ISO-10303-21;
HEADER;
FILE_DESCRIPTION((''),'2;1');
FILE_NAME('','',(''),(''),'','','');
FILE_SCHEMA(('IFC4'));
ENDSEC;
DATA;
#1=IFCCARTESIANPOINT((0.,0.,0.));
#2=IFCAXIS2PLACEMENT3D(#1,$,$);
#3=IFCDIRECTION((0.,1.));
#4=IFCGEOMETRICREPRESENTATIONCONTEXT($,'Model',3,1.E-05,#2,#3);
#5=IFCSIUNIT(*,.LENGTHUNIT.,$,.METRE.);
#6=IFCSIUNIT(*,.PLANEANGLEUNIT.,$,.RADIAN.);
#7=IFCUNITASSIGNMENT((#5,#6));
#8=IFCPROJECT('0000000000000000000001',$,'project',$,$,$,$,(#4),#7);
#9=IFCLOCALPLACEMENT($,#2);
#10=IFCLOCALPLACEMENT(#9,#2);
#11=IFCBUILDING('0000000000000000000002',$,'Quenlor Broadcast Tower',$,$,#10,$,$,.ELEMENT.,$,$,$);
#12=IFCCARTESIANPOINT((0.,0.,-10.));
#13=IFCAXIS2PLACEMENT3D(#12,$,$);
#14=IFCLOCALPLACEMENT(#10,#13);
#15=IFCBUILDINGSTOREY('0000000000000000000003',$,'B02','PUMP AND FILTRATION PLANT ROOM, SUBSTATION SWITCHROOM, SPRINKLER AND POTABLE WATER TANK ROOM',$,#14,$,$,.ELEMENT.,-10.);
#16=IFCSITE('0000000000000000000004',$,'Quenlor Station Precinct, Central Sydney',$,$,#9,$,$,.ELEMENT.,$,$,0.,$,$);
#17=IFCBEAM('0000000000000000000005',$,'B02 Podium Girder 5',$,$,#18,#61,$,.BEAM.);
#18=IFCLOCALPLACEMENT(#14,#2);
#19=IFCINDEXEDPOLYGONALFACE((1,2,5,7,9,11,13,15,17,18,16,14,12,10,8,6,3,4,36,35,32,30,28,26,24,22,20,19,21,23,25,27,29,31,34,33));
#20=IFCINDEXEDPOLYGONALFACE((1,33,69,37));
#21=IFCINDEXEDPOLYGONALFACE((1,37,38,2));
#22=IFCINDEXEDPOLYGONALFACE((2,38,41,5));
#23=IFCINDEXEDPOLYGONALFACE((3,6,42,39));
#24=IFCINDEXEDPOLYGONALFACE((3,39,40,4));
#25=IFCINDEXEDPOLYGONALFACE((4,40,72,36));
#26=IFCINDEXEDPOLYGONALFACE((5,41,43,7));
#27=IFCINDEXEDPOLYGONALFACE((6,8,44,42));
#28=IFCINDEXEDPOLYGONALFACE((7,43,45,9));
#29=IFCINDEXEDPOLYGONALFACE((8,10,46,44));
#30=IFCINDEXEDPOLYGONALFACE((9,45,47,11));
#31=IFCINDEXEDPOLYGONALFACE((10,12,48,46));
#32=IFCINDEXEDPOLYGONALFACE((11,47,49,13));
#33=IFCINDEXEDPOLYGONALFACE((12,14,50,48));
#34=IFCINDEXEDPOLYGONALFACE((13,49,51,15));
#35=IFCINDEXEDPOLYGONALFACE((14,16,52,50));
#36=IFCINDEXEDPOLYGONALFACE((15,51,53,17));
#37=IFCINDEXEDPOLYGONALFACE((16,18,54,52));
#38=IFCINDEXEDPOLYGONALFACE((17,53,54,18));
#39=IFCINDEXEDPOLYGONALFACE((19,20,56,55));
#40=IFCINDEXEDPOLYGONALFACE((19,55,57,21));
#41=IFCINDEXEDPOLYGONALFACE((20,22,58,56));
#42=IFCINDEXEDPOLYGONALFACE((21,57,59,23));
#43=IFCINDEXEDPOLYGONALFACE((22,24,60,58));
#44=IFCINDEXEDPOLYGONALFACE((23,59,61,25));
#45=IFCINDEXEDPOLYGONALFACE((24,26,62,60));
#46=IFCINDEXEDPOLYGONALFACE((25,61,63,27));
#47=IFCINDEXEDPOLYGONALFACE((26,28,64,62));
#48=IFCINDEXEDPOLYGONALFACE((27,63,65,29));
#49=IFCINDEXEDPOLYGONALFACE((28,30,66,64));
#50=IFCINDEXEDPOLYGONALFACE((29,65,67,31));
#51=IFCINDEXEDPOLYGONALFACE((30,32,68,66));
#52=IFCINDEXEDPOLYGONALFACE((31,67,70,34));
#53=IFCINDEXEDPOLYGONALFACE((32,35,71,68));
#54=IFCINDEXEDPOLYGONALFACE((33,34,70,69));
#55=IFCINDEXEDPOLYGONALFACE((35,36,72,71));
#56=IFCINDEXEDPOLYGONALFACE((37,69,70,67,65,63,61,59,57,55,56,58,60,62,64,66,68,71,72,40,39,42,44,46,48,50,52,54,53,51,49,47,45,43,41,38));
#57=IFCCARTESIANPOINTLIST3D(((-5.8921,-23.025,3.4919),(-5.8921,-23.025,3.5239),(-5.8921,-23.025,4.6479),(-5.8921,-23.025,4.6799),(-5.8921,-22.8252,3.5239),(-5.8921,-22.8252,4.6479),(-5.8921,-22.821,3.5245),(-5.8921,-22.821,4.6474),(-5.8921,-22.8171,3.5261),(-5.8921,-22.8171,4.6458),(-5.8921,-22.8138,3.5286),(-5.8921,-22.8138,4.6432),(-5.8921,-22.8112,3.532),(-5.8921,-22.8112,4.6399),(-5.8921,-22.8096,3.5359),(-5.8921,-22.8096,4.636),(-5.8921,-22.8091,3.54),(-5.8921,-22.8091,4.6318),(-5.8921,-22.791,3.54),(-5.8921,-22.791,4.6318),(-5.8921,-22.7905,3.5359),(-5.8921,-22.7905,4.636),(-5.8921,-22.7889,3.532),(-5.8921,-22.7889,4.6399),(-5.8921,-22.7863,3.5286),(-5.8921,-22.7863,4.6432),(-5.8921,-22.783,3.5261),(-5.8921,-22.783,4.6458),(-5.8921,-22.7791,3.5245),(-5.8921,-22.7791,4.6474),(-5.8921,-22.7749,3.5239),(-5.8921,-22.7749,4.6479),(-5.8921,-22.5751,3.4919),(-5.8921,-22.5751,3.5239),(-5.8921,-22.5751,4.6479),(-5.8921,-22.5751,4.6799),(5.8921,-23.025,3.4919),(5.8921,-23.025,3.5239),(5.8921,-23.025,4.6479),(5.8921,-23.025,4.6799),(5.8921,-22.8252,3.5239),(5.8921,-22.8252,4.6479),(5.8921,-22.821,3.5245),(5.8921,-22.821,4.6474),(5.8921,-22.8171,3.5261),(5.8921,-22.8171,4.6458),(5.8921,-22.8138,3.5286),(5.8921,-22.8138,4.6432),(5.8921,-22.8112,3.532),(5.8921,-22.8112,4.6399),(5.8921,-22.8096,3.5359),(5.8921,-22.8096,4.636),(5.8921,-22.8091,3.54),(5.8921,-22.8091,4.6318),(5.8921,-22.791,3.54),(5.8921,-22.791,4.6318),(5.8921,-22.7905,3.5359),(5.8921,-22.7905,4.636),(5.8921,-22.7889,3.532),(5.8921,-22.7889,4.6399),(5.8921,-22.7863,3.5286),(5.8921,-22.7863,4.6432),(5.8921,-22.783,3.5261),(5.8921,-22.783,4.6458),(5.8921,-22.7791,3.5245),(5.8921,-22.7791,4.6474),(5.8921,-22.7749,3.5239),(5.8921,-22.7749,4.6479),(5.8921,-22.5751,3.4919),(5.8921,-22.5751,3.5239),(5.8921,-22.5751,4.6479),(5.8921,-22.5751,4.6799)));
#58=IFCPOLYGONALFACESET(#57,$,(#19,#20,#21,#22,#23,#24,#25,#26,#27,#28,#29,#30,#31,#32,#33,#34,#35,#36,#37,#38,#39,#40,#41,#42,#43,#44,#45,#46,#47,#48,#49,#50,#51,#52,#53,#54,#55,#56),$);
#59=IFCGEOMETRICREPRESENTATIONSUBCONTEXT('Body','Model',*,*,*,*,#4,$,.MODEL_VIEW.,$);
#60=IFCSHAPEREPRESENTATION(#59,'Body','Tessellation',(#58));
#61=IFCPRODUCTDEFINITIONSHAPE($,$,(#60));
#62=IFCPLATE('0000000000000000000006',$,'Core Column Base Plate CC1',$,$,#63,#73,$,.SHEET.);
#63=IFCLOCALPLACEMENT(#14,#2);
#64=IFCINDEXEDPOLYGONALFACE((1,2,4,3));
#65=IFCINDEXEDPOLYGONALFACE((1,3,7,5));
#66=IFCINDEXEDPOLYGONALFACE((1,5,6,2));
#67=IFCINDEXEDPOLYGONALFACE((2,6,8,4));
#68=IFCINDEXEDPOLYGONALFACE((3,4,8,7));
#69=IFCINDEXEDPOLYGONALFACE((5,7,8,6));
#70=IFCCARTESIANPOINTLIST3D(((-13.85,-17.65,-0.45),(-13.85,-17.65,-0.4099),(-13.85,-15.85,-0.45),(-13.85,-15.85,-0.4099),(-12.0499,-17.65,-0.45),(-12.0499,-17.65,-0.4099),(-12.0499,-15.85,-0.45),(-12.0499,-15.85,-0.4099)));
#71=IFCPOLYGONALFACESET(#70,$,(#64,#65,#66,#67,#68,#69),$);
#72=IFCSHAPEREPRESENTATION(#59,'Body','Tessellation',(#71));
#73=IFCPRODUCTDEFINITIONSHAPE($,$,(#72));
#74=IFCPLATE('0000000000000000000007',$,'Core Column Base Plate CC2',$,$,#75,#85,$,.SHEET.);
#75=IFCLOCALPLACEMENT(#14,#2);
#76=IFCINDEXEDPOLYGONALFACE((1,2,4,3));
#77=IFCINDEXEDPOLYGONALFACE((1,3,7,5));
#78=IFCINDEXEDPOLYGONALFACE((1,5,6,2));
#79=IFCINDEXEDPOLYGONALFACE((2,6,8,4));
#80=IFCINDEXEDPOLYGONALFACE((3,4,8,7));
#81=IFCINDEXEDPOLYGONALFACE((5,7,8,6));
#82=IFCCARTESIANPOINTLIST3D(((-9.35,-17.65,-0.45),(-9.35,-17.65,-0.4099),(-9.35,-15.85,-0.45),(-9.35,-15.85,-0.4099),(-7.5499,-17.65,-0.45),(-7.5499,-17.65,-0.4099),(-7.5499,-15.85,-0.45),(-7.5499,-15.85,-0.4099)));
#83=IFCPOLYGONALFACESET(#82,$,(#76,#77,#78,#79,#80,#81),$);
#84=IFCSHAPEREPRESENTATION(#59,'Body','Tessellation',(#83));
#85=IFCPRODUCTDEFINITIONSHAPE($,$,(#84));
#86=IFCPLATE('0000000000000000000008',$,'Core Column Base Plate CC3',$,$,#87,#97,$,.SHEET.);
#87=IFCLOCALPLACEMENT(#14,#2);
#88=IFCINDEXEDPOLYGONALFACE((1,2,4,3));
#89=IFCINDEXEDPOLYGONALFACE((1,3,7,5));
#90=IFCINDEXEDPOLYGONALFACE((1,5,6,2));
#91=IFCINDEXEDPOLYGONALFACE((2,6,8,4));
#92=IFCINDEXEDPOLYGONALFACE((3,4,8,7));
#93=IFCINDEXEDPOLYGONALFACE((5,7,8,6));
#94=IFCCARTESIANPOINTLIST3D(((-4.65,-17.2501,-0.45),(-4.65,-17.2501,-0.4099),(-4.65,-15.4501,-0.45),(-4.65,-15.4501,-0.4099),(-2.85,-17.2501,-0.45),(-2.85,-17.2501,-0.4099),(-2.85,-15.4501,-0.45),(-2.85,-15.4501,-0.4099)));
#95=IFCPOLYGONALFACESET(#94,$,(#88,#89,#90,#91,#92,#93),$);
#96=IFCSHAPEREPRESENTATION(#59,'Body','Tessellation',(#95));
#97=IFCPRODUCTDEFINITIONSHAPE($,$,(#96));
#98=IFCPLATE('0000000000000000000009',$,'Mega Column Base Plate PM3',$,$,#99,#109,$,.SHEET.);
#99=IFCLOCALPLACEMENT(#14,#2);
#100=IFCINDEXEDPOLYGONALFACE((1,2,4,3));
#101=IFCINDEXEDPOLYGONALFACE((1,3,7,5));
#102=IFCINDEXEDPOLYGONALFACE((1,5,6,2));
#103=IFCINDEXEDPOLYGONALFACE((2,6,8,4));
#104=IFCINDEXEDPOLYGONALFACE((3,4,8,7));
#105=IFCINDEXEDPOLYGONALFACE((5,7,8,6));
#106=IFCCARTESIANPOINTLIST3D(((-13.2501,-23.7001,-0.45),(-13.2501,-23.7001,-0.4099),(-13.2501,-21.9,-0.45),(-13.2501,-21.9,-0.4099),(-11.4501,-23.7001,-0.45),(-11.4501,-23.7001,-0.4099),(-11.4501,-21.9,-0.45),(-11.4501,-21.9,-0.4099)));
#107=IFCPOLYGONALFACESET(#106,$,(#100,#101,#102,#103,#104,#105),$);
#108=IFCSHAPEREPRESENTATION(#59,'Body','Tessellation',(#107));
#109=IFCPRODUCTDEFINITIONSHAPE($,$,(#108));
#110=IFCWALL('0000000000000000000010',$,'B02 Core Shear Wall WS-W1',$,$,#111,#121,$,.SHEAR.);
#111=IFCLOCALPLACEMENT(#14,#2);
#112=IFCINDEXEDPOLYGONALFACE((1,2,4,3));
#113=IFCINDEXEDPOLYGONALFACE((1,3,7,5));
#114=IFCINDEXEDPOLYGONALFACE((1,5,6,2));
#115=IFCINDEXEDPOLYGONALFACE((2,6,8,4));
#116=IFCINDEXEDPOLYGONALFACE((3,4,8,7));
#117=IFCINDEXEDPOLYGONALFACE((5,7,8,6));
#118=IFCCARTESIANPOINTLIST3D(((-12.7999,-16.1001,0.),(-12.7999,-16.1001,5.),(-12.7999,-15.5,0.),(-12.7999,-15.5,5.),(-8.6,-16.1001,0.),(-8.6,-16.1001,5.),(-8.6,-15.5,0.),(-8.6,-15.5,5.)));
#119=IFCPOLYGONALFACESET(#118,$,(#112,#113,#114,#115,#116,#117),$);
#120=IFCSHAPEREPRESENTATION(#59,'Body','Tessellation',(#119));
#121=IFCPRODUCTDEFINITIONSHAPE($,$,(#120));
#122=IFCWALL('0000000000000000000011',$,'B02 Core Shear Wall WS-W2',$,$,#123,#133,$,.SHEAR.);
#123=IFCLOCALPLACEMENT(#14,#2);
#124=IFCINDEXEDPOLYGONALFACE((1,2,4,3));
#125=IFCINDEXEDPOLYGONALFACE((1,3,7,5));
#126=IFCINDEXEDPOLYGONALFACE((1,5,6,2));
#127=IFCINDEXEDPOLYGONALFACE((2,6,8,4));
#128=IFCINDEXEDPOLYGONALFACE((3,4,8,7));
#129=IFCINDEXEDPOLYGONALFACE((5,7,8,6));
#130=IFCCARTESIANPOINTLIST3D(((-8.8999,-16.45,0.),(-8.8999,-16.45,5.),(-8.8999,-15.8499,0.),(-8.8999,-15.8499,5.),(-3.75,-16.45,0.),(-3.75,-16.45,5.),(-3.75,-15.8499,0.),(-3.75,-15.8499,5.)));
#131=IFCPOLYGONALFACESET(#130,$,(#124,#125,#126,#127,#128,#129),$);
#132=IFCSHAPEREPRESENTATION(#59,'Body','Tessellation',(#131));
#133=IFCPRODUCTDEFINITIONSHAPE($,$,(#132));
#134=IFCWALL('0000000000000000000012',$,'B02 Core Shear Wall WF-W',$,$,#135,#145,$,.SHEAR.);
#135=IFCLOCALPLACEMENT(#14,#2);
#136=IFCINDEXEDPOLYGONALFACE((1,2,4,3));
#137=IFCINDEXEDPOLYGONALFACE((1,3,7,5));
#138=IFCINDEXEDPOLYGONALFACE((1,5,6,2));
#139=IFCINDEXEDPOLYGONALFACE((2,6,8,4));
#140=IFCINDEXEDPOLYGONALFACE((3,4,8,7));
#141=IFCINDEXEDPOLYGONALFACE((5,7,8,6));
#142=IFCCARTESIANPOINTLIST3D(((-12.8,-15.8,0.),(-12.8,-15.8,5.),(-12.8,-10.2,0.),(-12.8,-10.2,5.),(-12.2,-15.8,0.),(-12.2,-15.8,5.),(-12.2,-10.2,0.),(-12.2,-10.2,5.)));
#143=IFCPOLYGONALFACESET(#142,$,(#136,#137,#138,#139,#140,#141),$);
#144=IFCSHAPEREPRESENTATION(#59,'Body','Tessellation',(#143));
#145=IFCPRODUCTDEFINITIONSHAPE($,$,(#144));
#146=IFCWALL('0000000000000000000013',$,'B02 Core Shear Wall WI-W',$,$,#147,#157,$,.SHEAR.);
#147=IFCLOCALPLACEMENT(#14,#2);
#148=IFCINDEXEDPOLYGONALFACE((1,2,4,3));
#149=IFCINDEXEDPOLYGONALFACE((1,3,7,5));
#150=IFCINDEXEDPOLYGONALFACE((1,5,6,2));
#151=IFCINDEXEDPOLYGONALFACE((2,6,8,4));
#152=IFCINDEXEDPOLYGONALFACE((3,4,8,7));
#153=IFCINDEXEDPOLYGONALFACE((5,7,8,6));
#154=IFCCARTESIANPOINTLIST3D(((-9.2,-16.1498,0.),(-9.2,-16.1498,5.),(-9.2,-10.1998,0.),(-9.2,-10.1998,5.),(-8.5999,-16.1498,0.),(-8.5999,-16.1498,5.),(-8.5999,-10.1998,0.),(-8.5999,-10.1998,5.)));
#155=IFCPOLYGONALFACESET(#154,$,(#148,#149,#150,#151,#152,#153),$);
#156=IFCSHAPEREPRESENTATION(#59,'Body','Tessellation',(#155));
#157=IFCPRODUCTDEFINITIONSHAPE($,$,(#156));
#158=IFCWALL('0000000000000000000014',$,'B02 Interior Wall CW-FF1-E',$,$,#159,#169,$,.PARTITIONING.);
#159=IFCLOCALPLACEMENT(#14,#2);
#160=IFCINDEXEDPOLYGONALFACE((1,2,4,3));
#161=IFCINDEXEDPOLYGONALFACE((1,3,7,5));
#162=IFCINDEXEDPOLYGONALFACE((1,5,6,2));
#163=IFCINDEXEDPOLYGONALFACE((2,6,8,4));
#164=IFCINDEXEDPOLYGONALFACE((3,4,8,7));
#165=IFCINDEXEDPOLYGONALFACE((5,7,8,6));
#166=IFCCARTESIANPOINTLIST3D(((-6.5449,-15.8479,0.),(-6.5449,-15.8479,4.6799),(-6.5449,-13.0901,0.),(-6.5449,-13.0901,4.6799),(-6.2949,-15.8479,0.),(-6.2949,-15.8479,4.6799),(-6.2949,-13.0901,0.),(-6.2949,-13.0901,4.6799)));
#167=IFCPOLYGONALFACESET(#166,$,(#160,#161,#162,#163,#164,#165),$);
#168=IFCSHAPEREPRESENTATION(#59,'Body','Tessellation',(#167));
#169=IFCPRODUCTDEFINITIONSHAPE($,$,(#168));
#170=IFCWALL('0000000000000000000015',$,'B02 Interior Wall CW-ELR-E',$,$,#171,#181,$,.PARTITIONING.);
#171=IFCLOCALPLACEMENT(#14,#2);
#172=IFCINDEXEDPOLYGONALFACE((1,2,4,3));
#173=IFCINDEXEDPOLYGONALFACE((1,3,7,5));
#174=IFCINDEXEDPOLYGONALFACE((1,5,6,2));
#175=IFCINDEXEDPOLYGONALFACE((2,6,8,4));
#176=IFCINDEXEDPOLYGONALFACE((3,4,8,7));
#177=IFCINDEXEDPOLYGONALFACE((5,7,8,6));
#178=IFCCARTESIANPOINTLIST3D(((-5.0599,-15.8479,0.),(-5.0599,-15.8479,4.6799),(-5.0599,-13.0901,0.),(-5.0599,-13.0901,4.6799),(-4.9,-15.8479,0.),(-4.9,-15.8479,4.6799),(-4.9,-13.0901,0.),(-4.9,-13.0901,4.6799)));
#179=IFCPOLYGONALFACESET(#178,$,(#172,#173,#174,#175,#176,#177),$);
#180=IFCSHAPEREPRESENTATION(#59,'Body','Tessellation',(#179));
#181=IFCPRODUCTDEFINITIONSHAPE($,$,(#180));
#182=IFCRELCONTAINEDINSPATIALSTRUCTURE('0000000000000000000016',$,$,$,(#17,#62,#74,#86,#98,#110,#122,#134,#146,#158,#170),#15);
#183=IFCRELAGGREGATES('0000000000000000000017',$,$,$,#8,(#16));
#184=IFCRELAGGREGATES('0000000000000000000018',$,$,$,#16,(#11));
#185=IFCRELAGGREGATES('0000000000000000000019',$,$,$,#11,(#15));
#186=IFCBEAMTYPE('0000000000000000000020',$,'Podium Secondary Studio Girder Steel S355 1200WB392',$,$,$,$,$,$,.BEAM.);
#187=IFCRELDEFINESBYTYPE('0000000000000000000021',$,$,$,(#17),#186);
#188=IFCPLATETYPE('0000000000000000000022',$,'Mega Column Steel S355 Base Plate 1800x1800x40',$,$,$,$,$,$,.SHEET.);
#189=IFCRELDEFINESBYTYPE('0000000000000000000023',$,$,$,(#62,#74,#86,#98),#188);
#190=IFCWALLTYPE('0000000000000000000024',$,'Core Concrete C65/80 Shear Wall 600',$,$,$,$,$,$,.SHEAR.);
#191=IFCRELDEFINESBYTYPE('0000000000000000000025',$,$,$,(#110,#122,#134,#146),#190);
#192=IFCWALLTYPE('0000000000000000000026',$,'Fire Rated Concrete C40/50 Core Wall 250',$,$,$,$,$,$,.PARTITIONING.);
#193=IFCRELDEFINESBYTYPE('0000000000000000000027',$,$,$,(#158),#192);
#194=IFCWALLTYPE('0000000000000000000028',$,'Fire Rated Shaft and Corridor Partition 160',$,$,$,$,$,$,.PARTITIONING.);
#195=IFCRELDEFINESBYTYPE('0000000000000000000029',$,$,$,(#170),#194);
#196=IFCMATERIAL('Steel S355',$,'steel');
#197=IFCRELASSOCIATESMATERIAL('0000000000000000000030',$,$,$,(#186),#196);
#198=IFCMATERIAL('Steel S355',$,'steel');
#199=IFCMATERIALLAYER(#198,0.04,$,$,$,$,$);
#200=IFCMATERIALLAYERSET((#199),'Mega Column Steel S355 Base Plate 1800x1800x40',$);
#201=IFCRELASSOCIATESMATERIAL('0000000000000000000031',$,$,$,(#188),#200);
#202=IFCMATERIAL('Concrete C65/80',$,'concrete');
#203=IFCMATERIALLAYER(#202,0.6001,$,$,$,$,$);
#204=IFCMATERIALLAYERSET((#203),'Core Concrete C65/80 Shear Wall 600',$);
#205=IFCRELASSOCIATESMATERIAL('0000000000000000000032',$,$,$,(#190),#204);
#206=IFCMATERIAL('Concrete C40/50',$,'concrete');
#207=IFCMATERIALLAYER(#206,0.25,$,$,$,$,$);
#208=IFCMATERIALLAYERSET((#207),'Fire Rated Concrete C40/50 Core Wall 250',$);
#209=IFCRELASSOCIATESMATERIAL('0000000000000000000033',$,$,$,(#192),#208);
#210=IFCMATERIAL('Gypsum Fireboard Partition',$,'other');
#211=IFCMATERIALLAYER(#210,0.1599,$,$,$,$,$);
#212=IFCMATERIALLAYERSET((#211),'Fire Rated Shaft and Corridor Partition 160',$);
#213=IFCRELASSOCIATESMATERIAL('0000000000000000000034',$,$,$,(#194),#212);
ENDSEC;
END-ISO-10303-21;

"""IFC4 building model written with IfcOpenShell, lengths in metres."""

from ifc_helpers import new_model, si_unit, direction, frame, frame_2d, origin, origin_2d, place, context, subcontext, project, spatial, rectangle, i_section, extrude, material, layer, layer_set, material_profile, profile_set, type_object, element, save


model = new_model("IFC4")

# Units and contexts
model_context = context("Model", 3, precision=1e-05, world=origin(), true_north=direction((0.0, 1.0)))
body_context = subcontext(model_context, "Body", "Model", "MODEL_VIEW")
ifc_project = project(units=[si_unit("LENGTHUNIT", "METRE"), si_unit("PLANEANGLEUNIT", "RADIAN")], contexts=[model_context])

# Site, building, storey
site_placement = place(None, origin())
site = spatial("IfcSite", under=ifc_project, at=site_placement, Name="Quenlor Station Precinct, Central Sydney", CompositionType="ELEMENT", RefElevation=0.0)
building_placement = place(site_placement, origin())
building = spatial("IfcBuilding", under=site, at=building_placement, Name="Quenlor Broadcast Tower", CompositionType="ELEMENT")
storey_placement = place(building_placement, frame((0.0, 0.0, -10.0)))
storey = spatial("IfcBuildingStorey", under=building, at=storey_placement, Name="B02", Description="PUMP AND FILTRATION PLANT ROOM, SUBSTATION SWITCHROOM, SPRINKLER AND POTABLE WATER TANK ROOM", CompositionType="ELEMENT", Elevation=-10.0)

# Beam
ifc_material_1 = material(Name="Steel S355", Category="steel")
ifc_material_profile_1 = material_profile(ifc_material_1, i_section(OverallWidth=0.45, OverallDepth=1.188, WebThickness=0.0181, FlangeThickness=0.032, FilletRadius=0.0161, at=origin_2d()))
ifc_profile_set_1 = profile_set([ifc_material_profile_1], Name="Steel S355 1200WB392")
beam_type_1 = type_object("IfcBeamType", Name="Podium Secondary Studio Girder Steel S355 1200WB392", PredefinedType="BEAM", material=ifc_profile_set_1)
beam_1_placement = place(storey_placement, frame((-5.8921, -22.8, 4.0859), z_axis=(1.0, 0.0, 0.0), x_axis=(0.0, 1.0, 0.0)))
element("IfcBeam", 1, at=beam_1_placement, inside=storey, type_object=beam_type_1, Name="B02 Podium Girder 5", PredefinedType="BEAM", context=body_context, shape_type="SweptSolid", body=[
    extrude(i_section(OverallWidth=0.45, OverallDepth=1.188, WebThickness=0.0181, FlangeThickness=0.032, FilletRadius=0.0161, at=origin_2d()), origin(), (0.0, 0.0, 1.0), 11.7842),
])

# Plates
ifc_material_2 = material(Name="Steel S355", Category="steel")
ifc_layer_1 = layer(ifc_material_2, 0.04)
ifc_layer_set_1 = layer_set([ifc_layer_1], Name="Mega Column Steel S355 Base Plate 1800x1800x40")
plate_type = type_object("IfcPlateType", Name="Mega Column Steel S355 Base Plate 1800x1800x40", PredefinedType="SHEET", material=ifc_layer_set_1)
for number, where, z_axis, x_axis, name in (
    (2, (-12.95, -16.75, -0.45), (0.0, 0.0, 1.0), (1.0, 0.0, 0.0), "Core Column Base Plate CC1"),
    (3, (-8.45, -16.75, -0.45), (0.0, 0.0, 1.0), (1.0, 0.0, 0.0), "Core Column Base Plate CC2"),
    (4, (-3.75, -16.3501, -0.45), (0.0, 0.0, 1.0), (1.0, 0.0, 0.0), "Core Column Base Plate CC3"),
    (5, (-12.3501, -22.8, -0.45), (0.0, 0.0, 1.0), (1.0, 0.0, 0.0), "Mega Column Base Plate PM3"),
):
    element("IfcPlate", number, at=place(storey_placement, frame(where, z_axis=z_axis, x_axis=x_axis)), inside=storey, type_object=plate_type, Name=name, PredefinedType="SHEET", context=body_context, shape_type="SweptSolid", body=[
        extrude(rectangle(XDim=1.8, YDim=1.8, at=origin_2d()), origin(), (0.0, 0.0, 1.0), 0.04),
    ])

# Walls
ifc_material_3 = material(Name="Concrete C65/80", Category="concrete")
ifc_layer_2 = layer(ifc_material_3, 0.6001)
ifc_layer_set_2 = layer_set([ifc_layer_2], Name="Core Concrete C65/80 Shear Wall 600")
wall_type_1 = type_object("IfcWallType", Name="Core Concrete C65/80 Shear Wall 600", PredefinedType="SHEAR", material=ifc_layer_set_2)
wall_1_placement = place(storey_placement, frame((-12.8, -15.8, 0.0), z_axis=(0.0, 0.0, 1.0), x_axis=(1.0, 0.0, 0.0)))
element("IfcWall", 6, at=wall_1_placement, inside=storey, type_object=wall_type_1, Name="B02 Core Shear Wall WS-W1", PredefinedType="SHEAR", context=body_context, shape_type="SweptSolid", body=[
    extrude(rectangle(XDim=4.2, YDim=0.6001, at=frame_2d((2.1001, 0.0))), origin(), (0.0, 0.0, 1.0), 5.0),
])
wall_2_placement = place(storey_placement, frame((-8.8999, -16.1499, 0.0), z_axis=(0.0, 0.0, 1.0), x_axis=(1.0, 0.0, 0.0)))
element("IfcWall", 7, at=wall_2_placement, inside=storey, type_object=wall_type_1, Name="B02 Core Shear Wall WS-W2", PredefinedType="SHEAR", context=body_context, shape_type="SweptSolid", body=[
    extrude(rectangle(XDim=5.1499, YDim=0.6001, at=frame_2d((2.575, 0.0))), origin(), (0.0, 0.0, 1.0), 5.0),
])
wall_3_placement = place(storey_placement, frame((-12.5, -15.8, 0.0), z_axis=(0.0, 0.0, 1.0), x_axis=(0.0, 1.0, 0.0)))
element("IfcWall", 8, at=wall_3_placement, inside=storey, type_object=wall_type_1, Name="B02 Core Shear Wall WF-W", PredefinedType="SHEAR", context=body_context, shape_type="SweptSolid", body=[
    extrude(rectangle(XDim=5.6001, YDim=0.6001, at=frame_2d((2.8, 0.0))), origin(), (0.0, 0.0, 1.0), 5.0),
])
wall_4_placement = place(storey_placement, frame((-8.8999, -16.1499, 0.0), z_axis=(0.0, 0.0, 1.0), x_axis=(0.0, 1.0, 0.0)))
element("IfcWall", 9, at=wall_4_placement, inside=storey, type_object=wall_type_1, Name="B02 Core Shear Wall WI-W", PredefinedType="SHEAR", context=body_context, shape_type="SweptSolid", body=[
    extrude(rectangle(XDim=5.95, YDim=0.6001, at=frame_2d((2.9751, 0.0))), origin(), (0.0, 0.0, 1.0), 5.0),
])
ifc_material_4 = material(Name="Concrete C40/50", Category="concrete")
ifc_layer_3 = layer(ifc_material_4, 0.25)
ifc_layer_set_3 = layer_set([ifc_layer_3], Name="Fire Rated Concrete C40/50 Core Wall 250")
wall_type_2 = type_object("IfcWallType", Name="Fire Rated Concrete C40/50 Core Wall 250", PredefinedType="PARTITIONING", material=ifc_layer_set_3)
wall_5_placement = place(storey_placement, frame((-6.4199, -15.8479, 0.0), z_axis=(0.0, 0.0, 1.0), x_axis=(0.0, 1.0, 0.0)))
element("IfcWall", 10, at=wall_5_placement, inside=storey, type_object=wall_type_2, Name="B02 Interior Wall CW-FF1-E", PredefinedType="PARTITIONING", context=body_context, shape_type="SweptSolid", body=[
    extrude(rectangle(XDim=2.7578, YDim=0.25, at=frame_2d((1.3789, 0.0))), origin(), (0.0, 0.0, 1.0), 4.6799),
])
ifc_material_5 = material(Name="Gypsum Fireboard Partition", Category="other")
ifc_layer_4 = layer(ifc_material_5, 0.1599)
ifc_layer_set_4 = layer_set([ifc_layer_4], Name="Fire Rated Shaft and Corridor Partition 160")
wall_type_3 = type_object("IfcWallType", Name="Fire Rated Shaft and Corridor Partition 160", PredefinedType="PARTITIONING", material=ifc_layer_set_4)
wall_6_placement = place(storey_placement, frame((-4.98, -15.8479, 0.0), z_axis=(0.0, 0.0, 1.0), x_axis=(0.0, 1.0, 0.0)))
element("IfcWall", 11, at=wall_6_placement, inside=storey, type_object=wall_type_3, Name="B02 Interior Wall CW-ELR-E", PredefinedType="PARTITIONING", context=body_context, shape_type="SweptSolid", body=[
    extrude(rectangle(XDim=2.7578, YDim=0.1599, at=frame_2d((1.3789, 0.0))), origin(), (0.0, 0.0, 1.0), 4.6799),
])

save(model, "model.ifc")
